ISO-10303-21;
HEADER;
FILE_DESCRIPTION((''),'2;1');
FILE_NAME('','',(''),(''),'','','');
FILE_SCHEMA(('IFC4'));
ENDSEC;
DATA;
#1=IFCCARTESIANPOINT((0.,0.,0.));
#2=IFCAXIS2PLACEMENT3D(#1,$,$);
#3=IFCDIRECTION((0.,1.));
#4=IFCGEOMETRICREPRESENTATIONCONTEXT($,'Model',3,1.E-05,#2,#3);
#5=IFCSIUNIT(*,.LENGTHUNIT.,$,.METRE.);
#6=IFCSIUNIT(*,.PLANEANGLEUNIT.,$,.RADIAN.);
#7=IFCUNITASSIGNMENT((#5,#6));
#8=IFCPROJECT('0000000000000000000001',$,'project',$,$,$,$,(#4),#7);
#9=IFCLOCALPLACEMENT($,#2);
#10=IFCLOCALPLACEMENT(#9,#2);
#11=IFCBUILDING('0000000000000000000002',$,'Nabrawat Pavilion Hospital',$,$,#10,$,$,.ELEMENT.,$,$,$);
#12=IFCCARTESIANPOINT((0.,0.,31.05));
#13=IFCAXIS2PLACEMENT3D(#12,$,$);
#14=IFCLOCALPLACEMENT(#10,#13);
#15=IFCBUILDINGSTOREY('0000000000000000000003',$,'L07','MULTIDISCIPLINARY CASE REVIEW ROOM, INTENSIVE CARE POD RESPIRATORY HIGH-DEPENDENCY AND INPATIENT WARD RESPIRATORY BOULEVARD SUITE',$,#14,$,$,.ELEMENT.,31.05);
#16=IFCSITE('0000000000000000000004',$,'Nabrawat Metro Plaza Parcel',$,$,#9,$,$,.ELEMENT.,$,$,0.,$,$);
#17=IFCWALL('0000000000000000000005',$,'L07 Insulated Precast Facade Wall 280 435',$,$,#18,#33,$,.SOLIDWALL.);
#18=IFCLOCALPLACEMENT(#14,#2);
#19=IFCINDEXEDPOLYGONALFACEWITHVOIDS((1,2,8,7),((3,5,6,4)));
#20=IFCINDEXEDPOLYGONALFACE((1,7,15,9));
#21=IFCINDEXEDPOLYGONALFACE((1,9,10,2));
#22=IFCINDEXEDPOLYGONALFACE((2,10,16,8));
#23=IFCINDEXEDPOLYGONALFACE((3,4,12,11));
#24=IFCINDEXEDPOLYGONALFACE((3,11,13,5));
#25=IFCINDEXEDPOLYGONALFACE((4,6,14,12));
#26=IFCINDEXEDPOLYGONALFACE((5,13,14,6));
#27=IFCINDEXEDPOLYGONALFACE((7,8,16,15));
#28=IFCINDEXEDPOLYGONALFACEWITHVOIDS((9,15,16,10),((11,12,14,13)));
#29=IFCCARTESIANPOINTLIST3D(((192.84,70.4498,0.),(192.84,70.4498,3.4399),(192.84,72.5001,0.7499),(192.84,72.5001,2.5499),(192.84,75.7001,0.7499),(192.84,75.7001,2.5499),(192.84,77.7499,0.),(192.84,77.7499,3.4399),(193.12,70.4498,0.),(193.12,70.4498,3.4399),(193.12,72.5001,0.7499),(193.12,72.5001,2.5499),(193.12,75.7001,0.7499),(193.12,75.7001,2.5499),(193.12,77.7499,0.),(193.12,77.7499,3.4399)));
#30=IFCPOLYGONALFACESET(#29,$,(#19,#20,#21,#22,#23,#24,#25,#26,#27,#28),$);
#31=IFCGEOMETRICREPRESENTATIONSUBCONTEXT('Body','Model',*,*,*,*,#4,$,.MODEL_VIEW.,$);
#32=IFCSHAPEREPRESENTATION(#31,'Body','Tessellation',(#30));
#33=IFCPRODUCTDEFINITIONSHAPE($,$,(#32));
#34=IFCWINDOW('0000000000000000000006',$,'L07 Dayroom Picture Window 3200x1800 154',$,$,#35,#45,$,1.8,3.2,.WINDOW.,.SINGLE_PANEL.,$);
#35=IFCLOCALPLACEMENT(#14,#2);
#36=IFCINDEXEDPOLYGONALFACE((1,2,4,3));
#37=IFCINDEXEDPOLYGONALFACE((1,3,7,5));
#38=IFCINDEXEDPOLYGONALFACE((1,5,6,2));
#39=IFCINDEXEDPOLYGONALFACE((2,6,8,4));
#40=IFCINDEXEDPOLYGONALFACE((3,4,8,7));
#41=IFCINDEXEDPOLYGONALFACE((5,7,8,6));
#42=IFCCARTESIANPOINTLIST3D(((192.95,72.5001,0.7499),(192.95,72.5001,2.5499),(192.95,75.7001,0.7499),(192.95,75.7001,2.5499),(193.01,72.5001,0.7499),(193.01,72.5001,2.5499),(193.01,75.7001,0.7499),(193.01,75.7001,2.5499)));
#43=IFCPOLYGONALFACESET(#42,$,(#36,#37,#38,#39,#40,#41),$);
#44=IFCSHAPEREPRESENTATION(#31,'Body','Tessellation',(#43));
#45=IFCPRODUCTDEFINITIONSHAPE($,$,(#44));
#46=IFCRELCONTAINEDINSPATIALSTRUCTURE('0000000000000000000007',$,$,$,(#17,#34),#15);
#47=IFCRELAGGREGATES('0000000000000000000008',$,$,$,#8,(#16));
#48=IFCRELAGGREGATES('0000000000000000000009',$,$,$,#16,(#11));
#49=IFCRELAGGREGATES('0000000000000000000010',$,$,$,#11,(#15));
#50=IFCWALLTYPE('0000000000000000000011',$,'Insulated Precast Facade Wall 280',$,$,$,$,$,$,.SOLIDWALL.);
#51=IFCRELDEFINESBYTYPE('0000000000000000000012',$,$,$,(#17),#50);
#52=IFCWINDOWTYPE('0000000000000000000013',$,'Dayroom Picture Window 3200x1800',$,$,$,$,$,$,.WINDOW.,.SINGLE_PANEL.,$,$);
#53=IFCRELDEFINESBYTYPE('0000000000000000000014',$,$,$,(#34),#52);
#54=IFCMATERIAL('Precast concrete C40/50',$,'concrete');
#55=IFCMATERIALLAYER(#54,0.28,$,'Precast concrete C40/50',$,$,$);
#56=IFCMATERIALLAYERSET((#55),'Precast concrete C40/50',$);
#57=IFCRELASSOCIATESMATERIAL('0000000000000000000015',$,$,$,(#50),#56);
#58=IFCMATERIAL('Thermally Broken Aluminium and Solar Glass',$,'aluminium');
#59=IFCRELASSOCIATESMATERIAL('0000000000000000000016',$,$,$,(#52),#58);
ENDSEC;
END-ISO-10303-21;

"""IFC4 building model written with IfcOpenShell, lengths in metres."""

from ifc_helpers import new_model, si_unit, direction, frame, frame_2d, origin, place, context, subcontext, project, spatial, rectangle, extrude, material, layer, layer_set, type_object, element, fill, save


model = new_model("IFC4")

# Units and contexts
model_context = context("Model", 3, precision=1e-05, world=origin(), true_north=direction((0.0, 1.0)))
body_context = subcontext(model_context, "Body", "Model", "MODEL_VIEW")
ifc_project = project(units=[si_unit("LENGTHUNIT", "METRE"), si_unit("PLANEANGLEUNIT", "RADIAN")], contexts=[model_context])

# Site, building, storey
site_placement = place(None, origin())
site = spatial("IfcSite", under=ifc_project, at=site_placement, Name="Nabrawat Metro Plaza Parcel", CompositionType="ELEMENT", RefElevation=0.0)
building_placement = place(site_placement, origin())
building = spatial("IfcBuilding", under=site, at=building_placement, Name="Nabrawat Pavilion Hospital", CompositionType="ELEMENT")
storey_placement = place(building_placement, frame((0.0, 0.0, 31.05)))
storey = spatial("IfcBuildingStorey", under=building, at=storey_placement, Name="L07", Description="MULTIDISCIPLINARY CASE REVIEW ROOM, INTENSIVE CARE POD RESPIRATORY HIGH-DEPENDENCY AND INPATIENT WARD RESPIRATORY BOULEVARD SUITE", CompositionType="ELEMENT", Elevation=31.05)

# Shared definitions
ifc_material_1 = material(Name="Precast concrete C40/50", Category="concrete")
ifc_layer_1 = layer(ifc_material_1, 0.28, Name="Precast concrete C40/50")
ifc_layer_set_1 = layer_set([ifc_layer_1], Name="Precast concrete C40/50")
wall_type_1 = type_object("IfcWallType", Name="Insulated Precast Facade Wall 280", PredefinedType="SOLIDWALL", material=ifc_layer_set_1)

# Wall, opening, window
wall_1_placement = place(storey_placement, frame((192.98, 70.45, 0.0), z_axis=(0.0, 0.0, 1.0), x_axis=(0.0, 1.0, 0.0)))
wall_1 = element("IfcWall", 1, at=wall_1_placement, inside=storey, type_object=wall_type_1, Name="L07 Insulated Precast Facade Wall 280 435", PredefinedType="SOLIDWALL", context=body_context, shape_type="SweptSolid", body=[
    extrude(rectangle(XDim=7.3, YDim=0.28, at=frame_2d((3.6499, 0.0))), origin(), (0.0, 0.0, 1.0), 3.4399),
])
opening_placement = place(wall_1_placement, frame((2.05, 0.0, 0.75)))
opening = element("IfcOpeningElement", 2, at=opening_placement, cuts=wall_1, PredefinedType="OPENING", context=body_context, shape_type="SweptSolid", body=[
    extrude(rectangle(XDim=3.2, YDim=1.8, at=frame_2d((1.6001, 0.8999))), frame((0.0, 0.1499, 0.0), z_axis=(0.0, -1.0, 0.0), x_axis=(1.0, 0.0, 0.0)), (0.0, 0.0, 1.0), 0.3),
])
ifc_material_2 = material(Name="Thermally Broken Aluminium and Solar Glass", Category="aluminium")
window_type = type_object("IfcWindowType", Name="Dayroom Picture Window 3200x1800", PartitioningType="SINGLE_PANEL", PredefinedType="WINDOW", material=ifc_material_2)
window_placement = place(opening_placement, origin())
window = element("IfcWindow", 3, at=window_placement, inside=storey, type_object=window_type, Name="L07 Dayroom Picture Window 3200x1800 154", OverallHeight=1.8, OverallWidth=3.2, PartitioningType="SINGLE_PANEL", PredefinedType="WINDOW", context=body_context, shape_type="SweptSolid", body=[
    extrude(rectangle(XDim=3.2, YDim=1.8, at=frame_2d((1.6001, 0.8999))), frame((0.0, 0.03, 0.0), z_axis=(0.0, -1.0, 0.0), x_axis=(1.0, 0.0, 0.0)), (0.0, 0.0, 1.0), 0.0601),
])
fill(opening, window)

save(model, "model.ifc")
